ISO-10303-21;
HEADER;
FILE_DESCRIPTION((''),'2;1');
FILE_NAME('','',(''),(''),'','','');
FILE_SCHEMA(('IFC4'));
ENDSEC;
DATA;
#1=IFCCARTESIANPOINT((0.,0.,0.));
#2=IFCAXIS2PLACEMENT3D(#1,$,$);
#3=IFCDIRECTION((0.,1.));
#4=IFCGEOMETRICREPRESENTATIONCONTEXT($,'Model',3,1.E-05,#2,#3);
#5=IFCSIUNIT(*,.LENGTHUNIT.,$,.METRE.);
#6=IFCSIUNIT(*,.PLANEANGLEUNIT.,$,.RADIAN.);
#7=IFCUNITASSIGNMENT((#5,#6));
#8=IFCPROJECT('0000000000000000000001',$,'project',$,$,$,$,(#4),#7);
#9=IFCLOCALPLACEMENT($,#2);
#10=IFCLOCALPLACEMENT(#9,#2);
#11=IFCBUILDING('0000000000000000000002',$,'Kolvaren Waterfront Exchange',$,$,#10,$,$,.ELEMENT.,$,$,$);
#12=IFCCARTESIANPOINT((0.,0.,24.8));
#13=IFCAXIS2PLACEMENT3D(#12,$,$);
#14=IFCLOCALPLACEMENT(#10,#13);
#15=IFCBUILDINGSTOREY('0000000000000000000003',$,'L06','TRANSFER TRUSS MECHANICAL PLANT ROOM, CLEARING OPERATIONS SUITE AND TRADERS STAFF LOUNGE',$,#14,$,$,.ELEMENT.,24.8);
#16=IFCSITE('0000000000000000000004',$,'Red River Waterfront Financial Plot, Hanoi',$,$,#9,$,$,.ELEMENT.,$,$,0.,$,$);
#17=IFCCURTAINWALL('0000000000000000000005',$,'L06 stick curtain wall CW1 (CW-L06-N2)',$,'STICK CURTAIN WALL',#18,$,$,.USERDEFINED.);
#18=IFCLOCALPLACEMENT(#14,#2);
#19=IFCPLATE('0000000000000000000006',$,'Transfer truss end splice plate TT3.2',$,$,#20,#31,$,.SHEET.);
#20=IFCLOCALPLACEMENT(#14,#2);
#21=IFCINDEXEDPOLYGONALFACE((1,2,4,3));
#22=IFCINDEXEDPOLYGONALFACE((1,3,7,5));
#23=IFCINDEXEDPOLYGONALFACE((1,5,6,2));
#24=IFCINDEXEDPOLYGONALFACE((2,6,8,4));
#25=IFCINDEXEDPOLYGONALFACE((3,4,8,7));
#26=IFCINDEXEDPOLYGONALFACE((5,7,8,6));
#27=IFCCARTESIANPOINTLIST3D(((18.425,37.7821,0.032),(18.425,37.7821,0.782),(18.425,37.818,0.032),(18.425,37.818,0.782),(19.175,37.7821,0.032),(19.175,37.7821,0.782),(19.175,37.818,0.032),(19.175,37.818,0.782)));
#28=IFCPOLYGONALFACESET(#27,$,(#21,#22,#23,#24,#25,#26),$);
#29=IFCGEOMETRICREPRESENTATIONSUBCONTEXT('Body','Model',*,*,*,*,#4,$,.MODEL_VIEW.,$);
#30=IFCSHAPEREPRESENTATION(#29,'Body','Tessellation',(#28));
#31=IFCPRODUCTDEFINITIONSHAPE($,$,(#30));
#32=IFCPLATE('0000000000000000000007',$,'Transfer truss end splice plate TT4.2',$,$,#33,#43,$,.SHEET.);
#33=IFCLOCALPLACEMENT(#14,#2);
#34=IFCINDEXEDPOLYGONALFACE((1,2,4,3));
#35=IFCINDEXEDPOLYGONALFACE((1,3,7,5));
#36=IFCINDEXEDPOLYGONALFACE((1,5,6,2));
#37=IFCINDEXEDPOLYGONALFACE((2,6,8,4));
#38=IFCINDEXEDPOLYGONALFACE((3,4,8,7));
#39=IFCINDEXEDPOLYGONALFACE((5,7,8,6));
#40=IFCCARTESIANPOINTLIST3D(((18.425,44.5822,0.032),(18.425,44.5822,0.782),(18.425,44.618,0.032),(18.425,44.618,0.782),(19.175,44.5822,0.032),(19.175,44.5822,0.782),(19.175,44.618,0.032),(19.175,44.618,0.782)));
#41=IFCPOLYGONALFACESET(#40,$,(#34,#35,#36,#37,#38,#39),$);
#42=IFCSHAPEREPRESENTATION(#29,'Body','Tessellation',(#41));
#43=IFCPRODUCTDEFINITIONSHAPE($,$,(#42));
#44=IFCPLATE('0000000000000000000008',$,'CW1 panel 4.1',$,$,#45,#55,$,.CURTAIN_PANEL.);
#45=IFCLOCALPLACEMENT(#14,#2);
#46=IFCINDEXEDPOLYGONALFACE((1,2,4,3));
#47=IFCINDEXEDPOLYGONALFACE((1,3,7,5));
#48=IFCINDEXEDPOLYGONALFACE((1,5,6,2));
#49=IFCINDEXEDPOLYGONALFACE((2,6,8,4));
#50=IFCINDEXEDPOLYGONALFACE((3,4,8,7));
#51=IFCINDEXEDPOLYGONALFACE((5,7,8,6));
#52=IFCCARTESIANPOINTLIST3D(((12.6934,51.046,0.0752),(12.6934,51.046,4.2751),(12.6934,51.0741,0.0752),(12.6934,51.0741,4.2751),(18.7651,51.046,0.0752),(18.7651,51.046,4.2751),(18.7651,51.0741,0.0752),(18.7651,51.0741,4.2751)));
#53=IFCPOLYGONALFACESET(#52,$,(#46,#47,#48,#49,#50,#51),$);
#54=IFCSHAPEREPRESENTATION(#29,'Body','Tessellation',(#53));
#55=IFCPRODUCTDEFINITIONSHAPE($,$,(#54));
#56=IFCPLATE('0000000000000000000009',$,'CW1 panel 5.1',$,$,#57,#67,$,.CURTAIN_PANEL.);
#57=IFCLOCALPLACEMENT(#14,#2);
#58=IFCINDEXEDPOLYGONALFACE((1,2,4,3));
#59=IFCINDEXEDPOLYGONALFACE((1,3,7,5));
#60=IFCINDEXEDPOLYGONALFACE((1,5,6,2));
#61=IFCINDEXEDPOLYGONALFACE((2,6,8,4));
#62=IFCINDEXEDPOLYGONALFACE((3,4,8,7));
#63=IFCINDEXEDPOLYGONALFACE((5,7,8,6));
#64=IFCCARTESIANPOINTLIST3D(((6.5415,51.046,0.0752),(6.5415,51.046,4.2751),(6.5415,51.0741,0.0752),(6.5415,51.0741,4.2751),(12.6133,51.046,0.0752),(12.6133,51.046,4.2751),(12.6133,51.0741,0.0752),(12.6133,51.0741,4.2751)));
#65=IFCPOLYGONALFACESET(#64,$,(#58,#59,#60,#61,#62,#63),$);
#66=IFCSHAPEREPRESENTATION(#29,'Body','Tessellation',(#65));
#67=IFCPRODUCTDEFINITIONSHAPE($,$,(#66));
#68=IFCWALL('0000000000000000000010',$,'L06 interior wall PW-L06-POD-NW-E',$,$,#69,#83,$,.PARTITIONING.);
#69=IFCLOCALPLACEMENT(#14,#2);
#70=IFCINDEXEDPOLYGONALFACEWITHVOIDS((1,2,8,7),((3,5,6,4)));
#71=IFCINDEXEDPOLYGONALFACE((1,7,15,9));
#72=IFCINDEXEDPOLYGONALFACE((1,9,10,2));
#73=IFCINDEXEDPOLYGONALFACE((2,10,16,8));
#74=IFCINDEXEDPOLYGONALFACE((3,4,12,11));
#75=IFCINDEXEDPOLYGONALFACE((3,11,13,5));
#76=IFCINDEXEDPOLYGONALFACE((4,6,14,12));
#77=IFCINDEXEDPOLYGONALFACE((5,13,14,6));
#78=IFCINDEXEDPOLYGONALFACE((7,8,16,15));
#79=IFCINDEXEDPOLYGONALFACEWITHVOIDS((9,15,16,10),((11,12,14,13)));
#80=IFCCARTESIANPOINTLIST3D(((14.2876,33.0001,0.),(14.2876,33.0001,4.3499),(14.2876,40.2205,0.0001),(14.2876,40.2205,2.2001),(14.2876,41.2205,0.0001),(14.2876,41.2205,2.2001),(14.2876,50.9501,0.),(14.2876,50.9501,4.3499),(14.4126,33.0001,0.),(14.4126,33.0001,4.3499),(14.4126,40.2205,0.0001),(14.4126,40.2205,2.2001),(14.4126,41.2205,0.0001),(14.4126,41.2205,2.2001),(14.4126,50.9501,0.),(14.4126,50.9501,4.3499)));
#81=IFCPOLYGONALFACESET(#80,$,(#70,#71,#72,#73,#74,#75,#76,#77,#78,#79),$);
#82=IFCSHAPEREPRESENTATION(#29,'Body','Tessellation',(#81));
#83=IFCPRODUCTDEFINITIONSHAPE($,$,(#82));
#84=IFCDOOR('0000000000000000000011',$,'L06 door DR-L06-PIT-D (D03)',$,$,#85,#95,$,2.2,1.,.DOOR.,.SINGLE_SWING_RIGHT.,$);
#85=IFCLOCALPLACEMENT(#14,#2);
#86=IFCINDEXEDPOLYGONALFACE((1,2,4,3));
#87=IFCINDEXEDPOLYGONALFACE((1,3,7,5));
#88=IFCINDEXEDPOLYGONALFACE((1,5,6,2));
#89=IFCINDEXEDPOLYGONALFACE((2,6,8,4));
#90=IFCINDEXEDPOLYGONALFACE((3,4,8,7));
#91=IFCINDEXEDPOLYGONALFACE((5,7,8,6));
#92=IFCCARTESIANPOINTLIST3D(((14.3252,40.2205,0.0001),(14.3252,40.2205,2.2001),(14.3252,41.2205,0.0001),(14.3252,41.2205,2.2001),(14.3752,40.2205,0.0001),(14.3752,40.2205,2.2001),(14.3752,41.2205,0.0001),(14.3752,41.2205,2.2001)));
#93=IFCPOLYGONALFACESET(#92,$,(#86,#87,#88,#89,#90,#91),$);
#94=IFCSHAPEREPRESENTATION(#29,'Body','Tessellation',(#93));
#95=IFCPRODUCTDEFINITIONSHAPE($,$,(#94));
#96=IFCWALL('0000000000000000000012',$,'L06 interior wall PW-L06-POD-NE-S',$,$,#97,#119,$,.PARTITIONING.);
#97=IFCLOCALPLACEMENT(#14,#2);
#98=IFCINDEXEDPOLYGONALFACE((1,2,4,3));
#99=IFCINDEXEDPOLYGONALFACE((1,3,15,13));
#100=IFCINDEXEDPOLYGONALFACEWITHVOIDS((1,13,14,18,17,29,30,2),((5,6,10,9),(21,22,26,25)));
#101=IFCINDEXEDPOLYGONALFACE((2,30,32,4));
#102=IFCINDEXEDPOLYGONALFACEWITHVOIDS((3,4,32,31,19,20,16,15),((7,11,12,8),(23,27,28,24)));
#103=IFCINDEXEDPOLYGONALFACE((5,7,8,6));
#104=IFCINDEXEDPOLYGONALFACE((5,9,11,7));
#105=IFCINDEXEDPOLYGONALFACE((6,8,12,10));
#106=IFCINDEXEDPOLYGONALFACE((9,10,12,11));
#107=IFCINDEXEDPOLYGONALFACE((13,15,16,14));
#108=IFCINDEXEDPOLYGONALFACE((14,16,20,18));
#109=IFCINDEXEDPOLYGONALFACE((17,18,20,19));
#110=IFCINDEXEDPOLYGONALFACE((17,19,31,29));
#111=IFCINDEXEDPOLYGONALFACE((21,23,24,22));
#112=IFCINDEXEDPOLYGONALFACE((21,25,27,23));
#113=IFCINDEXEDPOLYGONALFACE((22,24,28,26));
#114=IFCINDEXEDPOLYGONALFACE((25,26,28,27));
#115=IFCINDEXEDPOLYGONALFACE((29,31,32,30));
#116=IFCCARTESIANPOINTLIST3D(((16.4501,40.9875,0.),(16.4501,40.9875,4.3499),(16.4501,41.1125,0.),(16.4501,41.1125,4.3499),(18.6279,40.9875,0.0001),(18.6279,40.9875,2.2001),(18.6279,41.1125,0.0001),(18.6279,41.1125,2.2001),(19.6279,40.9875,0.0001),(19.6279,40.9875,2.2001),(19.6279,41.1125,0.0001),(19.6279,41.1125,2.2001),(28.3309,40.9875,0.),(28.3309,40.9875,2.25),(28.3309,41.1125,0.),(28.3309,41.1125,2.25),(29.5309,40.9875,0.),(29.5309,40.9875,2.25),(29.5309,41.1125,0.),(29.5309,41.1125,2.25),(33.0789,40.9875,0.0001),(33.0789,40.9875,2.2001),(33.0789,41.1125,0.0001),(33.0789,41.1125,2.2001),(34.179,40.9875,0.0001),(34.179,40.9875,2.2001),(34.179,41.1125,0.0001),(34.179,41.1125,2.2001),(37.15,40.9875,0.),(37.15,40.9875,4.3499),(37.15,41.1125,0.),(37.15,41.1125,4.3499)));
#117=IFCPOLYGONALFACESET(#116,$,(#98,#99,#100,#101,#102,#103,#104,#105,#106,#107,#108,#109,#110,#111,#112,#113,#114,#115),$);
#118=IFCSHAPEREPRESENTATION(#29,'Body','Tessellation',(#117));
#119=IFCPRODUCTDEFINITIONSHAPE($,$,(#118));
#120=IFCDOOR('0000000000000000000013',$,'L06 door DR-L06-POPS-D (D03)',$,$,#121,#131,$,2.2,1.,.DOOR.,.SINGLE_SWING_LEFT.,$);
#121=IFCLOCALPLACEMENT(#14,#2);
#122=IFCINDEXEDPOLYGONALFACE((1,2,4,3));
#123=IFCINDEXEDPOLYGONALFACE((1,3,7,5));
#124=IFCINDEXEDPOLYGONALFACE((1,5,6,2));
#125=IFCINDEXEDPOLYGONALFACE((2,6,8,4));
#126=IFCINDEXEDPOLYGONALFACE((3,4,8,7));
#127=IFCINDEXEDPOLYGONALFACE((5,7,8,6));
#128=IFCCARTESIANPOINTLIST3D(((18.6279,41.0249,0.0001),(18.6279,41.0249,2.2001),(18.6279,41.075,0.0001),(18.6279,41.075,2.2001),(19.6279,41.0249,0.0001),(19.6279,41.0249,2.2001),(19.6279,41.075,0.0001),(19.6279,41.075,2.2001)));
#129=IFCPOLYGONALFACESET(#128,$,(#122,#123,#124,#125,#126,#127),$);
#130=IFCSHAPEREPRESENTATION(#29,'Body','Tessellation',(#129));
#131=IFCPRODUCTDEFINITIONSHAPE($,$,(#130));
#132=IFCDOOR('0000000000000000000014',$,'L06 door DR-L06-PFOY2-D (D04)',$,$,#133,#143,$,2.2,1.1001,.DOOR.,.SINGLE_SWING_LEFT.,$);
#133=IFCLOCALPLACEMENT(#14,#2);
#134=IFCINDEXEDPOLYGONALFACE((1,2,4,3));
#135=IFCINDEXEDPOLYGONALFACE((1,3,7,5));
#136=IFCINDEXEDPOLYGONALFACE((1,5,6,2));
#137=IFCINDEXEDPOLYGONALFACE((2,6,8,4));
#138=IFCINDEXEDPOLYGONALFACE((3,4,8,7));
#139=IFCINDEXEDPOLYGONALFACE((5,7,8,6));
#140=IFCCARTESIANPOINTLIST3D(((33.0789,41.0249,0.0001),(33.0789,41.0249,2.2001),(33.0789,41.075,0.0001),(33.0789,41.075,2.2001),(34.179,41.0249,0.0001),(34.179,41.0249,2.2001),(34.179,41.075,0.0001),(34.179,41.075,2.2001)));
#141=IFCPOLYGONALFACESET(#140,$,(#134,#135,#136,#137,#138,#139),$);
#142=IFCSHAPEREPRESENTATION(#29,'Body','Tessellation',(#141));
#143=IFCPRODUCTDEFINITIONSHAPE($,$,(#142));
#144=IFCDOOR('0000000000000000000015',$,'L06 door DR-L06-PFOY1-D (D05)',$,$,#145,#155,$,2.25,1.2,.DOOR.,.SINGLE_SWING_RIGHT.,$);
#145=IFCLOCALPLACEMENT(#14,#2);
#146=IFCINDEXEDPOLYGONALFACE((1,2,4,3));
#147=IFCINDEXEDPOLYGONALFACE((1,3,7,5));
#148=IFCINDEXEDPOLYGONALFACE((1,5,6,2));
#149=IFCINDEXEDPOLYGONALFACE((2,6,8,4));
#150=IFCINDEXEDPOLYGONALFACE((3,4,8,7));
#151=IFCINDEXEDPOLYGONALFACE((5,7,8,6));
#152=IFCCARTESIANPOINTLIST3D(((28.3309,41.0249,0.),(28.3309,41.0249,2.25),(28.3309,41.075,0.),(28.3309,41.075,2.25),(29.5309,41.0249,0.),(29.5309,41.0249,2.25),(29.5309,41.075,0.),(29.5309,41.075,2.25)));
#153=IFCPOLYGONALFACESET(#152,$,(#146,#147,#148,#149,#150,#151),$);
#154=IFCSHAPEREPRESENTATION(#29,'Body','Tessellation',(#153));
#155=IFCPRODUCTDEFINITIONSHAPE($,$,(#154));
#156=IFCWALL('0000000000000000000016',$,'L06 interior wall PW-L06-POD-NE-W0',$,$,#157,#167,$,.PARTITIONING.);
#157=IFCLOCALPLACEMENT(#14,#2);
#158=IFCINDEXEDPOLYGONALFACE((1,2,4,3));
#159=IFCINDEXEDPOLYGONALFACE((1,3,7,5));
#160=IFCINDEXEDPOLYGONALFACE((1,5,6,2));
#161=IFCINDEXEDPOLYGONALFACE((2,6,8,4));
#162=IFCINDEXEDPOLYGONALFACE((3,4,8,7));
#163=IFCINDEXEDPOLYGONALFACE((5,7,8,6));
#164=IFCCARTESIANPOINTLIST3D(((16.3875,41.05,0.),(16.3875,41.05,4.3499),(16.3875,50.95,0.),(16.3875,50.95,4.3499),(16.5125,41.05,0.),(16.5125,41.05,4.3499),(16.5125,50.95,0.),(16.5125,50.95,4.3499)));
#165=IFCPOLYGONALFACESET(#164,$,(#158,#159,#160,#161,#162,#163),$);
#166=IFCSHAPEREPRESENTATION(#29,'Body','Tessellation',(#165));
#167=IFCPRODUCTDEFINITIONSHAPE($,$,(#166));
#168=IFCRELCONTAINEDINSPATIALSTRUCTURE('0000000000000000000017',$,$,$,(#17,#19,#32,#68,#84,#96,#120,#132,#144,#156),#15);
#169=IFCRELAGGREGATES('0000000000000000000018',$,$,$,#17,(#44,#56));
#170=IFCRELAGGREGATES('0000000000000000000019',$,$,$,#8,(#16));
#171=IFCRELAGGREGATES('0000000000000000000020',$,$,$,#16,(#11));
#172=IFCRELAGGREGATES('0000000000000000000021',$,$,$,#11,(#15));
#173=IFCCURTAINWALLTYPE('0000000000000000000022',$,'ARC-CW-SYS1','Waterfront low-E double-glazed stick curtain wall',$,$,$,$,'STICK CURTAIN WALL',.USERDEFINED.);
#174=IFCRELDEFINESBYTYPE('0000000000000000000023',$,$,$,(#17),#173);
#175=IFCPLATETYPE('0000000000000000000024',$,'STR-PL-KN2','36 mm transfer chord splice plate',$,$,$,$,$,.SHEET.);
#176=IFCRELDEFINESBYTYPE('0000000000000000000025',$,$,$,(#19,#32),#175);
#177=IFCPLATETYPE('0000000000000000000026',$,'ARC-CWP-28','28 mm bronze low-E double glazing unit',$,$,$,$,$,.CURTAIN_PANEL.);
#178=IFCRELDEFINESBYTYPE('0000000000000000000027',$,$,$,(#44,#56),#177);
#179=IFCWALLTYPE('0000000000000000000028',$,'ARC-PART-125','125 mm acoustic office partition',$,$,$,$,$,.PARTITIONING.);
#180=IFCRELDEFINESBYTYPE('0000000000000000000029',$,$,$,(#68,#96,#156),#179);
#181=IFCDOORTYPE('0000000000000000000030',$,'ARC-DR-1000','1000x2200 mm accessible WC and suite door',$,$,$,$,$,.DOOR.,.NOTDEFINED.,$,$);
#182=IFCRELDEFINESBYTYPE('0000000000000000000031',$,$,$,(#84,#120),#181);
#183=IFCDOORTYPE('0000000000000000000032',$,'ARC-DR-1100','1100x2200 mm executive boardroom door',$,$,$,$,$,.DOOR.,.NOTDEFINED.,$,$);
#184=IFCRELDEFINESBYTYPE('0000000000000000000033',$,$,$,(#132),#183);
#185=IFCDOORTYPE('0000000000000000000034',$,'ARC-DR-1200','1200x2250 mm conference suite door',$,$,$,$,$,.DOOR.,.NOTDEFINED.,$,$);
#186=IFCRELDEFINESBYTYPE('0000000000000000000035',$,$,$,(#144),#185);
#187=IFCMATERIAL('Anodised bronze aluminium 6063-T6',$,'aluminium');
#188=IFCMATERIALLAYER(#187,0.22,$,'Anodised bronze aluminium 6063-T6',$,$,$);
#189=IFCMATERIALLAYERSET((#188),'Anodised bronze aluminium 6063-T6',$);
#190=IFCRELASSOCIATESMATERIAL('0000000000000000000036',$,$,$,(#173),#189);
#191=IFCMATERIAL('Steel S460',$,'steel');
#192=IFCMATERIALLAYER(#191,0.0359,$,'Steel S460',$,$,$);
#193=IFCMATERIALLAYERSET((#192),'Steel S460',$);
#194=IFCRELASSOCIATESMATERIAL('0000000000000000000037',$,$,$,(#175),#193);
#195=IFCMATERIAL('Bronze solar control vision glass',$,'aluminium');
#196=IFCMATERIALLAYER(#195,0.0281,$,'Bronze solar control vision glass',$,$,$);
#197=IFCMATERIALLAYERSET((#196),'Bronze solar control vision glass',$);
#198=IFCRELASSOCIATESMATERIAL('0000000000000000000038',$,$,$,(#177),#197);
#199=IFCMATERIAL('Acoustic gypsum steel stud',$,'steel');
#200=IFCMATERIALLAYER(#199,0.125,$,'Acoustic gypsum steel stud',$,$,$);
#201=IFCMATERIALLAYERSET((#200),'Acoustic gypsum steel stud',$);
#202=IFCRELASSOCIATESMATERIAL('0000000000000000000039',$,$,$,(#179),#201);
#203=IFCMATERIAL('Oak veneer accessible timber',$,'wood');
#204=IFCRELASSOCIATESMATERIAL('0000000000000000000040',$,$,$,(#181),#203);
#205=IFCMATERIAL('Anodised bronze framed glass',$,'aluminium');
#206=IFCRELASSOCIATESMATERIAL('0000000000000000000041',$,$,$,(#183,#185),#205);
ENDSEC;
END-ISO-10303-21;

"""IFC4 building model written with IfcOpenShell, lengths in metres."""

from ifc_helpers import new_model, si_unit, direction, frame, frame_2d, origin, origin_with_axes, origin_2d, place, context, subcontext, project, spatial, rectangle, extrude, source, transform, mapped, material, layer, layer_set, type_object, element, fill, aggregate, save


model = new_model("IFC4")

# Units and contexts
model_context = context("Model", 3, precision=1e-05, world=origin(), true_north=direction((0.0, 1.0)))
body_context = subcontext(model_context, "Body", "Model", "MODEL_VIEW")
ifc_project = project(units=[si_unit("LENGTHUNIT", "METRE"), si_unit("PLANEANGLEUNIT", "RADIAN")], contexts=[model_context])

# Site, building, storey
site_placement = place(None, origin())
site = spatial("IfcSite", under=ifc_project, at=site_placement, Name="Red River Waterfront Financial Plot, Hanoi", CompositionType="ELEMENT", RefElevation=0.0)
building_placement = place(site_placement, origin())
building = spatial("IfcBuilding", under=site, at=building_placement, Name="Kolvaren Waterfront Exchange", CompositionType="ELEMENT")
storey_placement = place(building_placement, frame((0.0, 0.0, 24.8)))
storey = spatial("IfcBuildingStorey", under=building, at=storey_placement, Name="L06", Description="TRANSFER TRUSS MECHANICAL PLANT ROOM, CLEARING OPERATIONS SUITE AND TRADERS STAFF LOUNGE", CompositionType="ELEMENT", Elevation=24.8)

# Shared definitions
ifc_material_1 = material(Name="Steel S460", Category="steel")

# Curtain wall
ifc_material_2 = material(Name="Anodised bronze aluminium 6063-T6", Category="aluminium")
ifc_layer_1 = layer(ifc_material_2, 0.22, Name="Anodised bronze aluminium 6063-T6")
ifc_layer_set_1 = layer_set([ifc_layer_1], Name="Anodised bronze aluminium 6063-T6")
curtain_wall_type = type_object("IfcCurtainWallType", Name="ARC-CW-SYS1", Description="Waterfront low-E double-glazed stick curtain wall", ElementType="STICK CURTAIN WALL", PredefinedType="USERDEFINED", material=ifc_layer_set_1)
curtain_wall_placement = place(storey_placement, origin())
curtain_wall = element("IfcCurtainWall", 1, at=curtain_wall_placement, inside=storey, type_object=curtain_wall_type, Name="L06 stick curtain wall CW1 (CW-L06-N2)", ObjectType="STICK CURTAIN WALL", PredefinedType="USERDEFINED")

# Plates
ifc_layer_2 = layer(ifc_material_1, 0.0359, Name="Steel S460")
ifc_layer_set_2 = layer_set([ifc_layer_2], Name="Steel S460")
plate_type_1 = type_object("IfcPlateType", Name="STR-PL-KN2", Description="36 mm transfer chord splice plate", PredefinedType="SHEET", material=ifc_layer_set_2)
shared_shape_1 = source(origin_with_axes(), body_context, "Body", "SweptSolid", [
    extrude(rectangle(XDim=0.75, YDim=0.0359, at=origin_2d()), origin(), (0.0, 0.0, 1.0), 0.75),
])
for number, where, z_axis, x_axis, name in (
    (2, (18.8, 37.8, 0.032), (0.0, 0.0, 1.0), (1.0, 0.0, 0.0), "Transfer truss end splice plate TT3.2"),
    (3, (18.8, 44.6001, 0.032), (0.0, 0.0, 1.0), (1.0, 0.0, 0.0), "Transfer truss end splice plate TT4.2"),
):
    element("IfcPlate", number, at=place(storey_placement, frame(where, z_axis=z_axis, x_axis=x_axis)), inside=storey, type_object=plate_type_1, Name=name, PredefinedType="SHEET", context=body_context, shape_type="MappedRepresentation", body=[
        mapped(shared_shape_1, transform((0.0, 0.0, 0.0), x_axis=(1.0, 0.0, 0.0), y_axis=(0.0, 1.0, 0.0), z_axis=(0.0, 0.0, 1.0), scale=1.0)),
    ])

# Plates
ifc_material_3 = material(Name="Bronze solar control vision glass", Category="aluminium")
ifc_layer_3 = layer(ifc_material_3, 0.0281, Name="Bronze solar control vision glass")
ifc_layer_set_3 = layer_set([ifc_layer_3], Name="Bronze solar control vision glass")
plate_type_2 = type_object("IfcPlateType", Name="ARC-CWP-28", Description="28 mm bronze low-E double glazing unit", PredefinedType="CURTAIN_PANEL", material=ifc_layer_set_3)
shared_shape_2 = source(origin_with_axes(), body_context, "Body", "SweptSolid", [
    extrude(rectangle(XDim=6.0718, YDim=0.0281, at=origin_2d()), origin(), (0.0, 0.0, 1.0), 4.2),
])
plate_1_placement = place(storey_placement, frame((15.7292, 51.0601, 0.0752), z_axis=(0.0, 0.0, 1.0), x_axis=(-1.0, 0.0, 0.0)))
plate_1 = element("IfcPlate", 4, at=plate_1_placement, type_object=plate_type_2, Name="CW1 panel 4.1", PredefinedType="CURTAIN_PANEL", context=body_context, shape_type="MappedRepresentation", body=[
    mapped(shared_shape_2, transform((0.0, 0.0, 0.0), x_axis=(1.0, 0.0, 0.0), y_axis=(0.0, 1.0, 0.0), z_axis=(0.0, 0.0, 1.0), scale=1.0)),
])
plate_2_placement = place(storey_placement, frame((9.5774, 51.0601, 0.0752), z_axis=(0.0, 0.0, 1.0), x_axis=(-1.0, 0.0, 0.0)))
plate_2 = element("IfcPlate", 5, at=plate_2_placement, type_object=plate_type_2, Name="CW1 panel 5.1", PredefinedType="CURTAIN_PANEL", context=body_context, shape_type="MappedRepresentation", body=[
    mapped(shared_shape_2, transform((0.0, 0.0, 0.0), x_axis=(1.0, 0.0, 0.0), y_axis=(0.0, 1.0, 0.0), z_axis=(0.0, 0.0, 1.0), scale=1.0)),
])
aggregate(curtain_wall, [plate_1, plate_2])

# Wall, opening, door
ifc_material_4 = material(Name="Acoustic gypsum steel stud", Category="steel")
ifc_layer_4 = layer(ifc_material_4, 0.125, Name="Acoustic gypsum steel stud")
ifc_layer_set_4 = layer_set([ifc_layer_4], Name="Acoustic gypsum steel stud")
wall_type = type_object("IfcWallType", Name="ARC-PART-125", Description="125 mm acoustic office partition", PredefinedType="PARTITIONING", material=ifc_layer_set_4)
wall_1_placement = place(storey_placement, frame((14.3501, 33.0, 0.0), z_axis=(0.0, 0.0, 1.0), x_axis=(0.0, 1.0, 0.0)))
wall_1 = element("IfcWall", 6, at=wall_1_placement, inside=storey, type_object=wall_type, Name="L06 interior wall PW-L06-POD-NW-E", PredefinedType="PARTITIONING", context=body_context, shape_type="SweptSolid", body=[
    extrude(rectangle(XDim=17.95, YDim=0.125, at=frame_2d((8.9751, 0.0))), origin(), (0.0, 0.0, 1.0), 4.3499),
])
opening_1_placement = place(wall_1_placement, frame((7.2205, 0.0, 0.0)))
opening_1 = element("IfcOpeningElement", 7, at=opening_1_placement, cuts=wall_1, PredefinedType="OPENING", context=body_context, shape_type="SweptSolid", body=[
    extrude(rectangle(XDim=1.0, YDim=2.2, at=frame_2d((0.5, 1.1001))), frame((0.0, 0.0725, 0.0), z_axis=(0.0, -1.0, 0.0), x_axis=(1.0, 0.0, 0.0)), (0.0, 0.0, 1.0), 0.145),
])
ifc_material_5 = material(Name="Oak veneer accessible timber", Category="wood")
door_type_1 = type_object("IfcDoorType", Name="ARC-DR-1000", Description="1000x2200 mm accessible WC and suite door", OperationType="NOTDEFINED", PredefinedType="DOOR", material=ifc_material_5)
door_1_placement = place(opening_1_placement, origin())
door_1 = element("IfcDoor", 8, at=door_1_placement, inside=storey, type_object=door_type_1, Name="L06 door DR-L06-PIT-D (D03)", OperationType="SINGLE_SWING_RIGHT", OverallHeight=2.2, OverallWidth=1.0, PredefinedType="DOOR", context=body_context, shape_type="SweptSolid", body=[
    extrude(rectangle(XDim=1.0, YDim=2.2, at=frame_2d((0.5, 1.1001))), frame((0.0, 0.0249, 0.0), z_axis=(0.0, -1.0, 0.0), x_axis=(1.0, 0.0, 0.0)), (0.0, 0.0, 1.0), 0.05),
])
fill(opening_1, door_1)

# Wall, openings, doors
wall_2_placement = place(storey_placement, frame((16.45, 41.05, 0.0), z_axis=(0.0, 0.0, 1.0), x_axis=(1.0, 0.0, 0.0)))
wall_2 = element("IfcWall", 9, at=wall_2_placement, inside=storey, type_object=wall_type, Name="L06 interior wall PW-L06-POD-NE-S", PredefinedType="PARTITIONING", context=body_context, shape_type="SweptSolid", body=[
    extrude(rectangle(XDim=20.7, YDim=0.125, at=frame_2d((10.3501, 0.0))), origin(), (0.0, 0.0, 1.0), 4.3499),
])
opening_2_placement = place(wall_2_placement, frame((2.178, 0.0, 0.0)))
opening_2 = element("IfcOpeningElement", 10, at=opening_2_placement, cuts=wall_2, PredefinedType="OPENING", context=body_context, shape_type="SweptSolid", body=[
    extrude(rectangle(XDim=1.0, YDim=2.2, at=frame_2d((0.5, 1.1001))), frame((0.0, 0.0725, 0.0), z_axis=(0.0, -1.0, 0.0), x_axis=(1.0, 0.0, 0.0)), (0.0, 0.0, 1.0), 0.145),
])
opening_3_placement = place(wall_2_placement, frame((11.8809, 0.0, 0.0)))
opening_3 = element("IfcOpeningElement", 11, at=opening_3_placement, cuts=wall_2, PredefinedType="OPENING", context=body_context, shape_type="SweptSolid", body=[
    extrude(rectangle(XDim=1.2, YDim=2.25, at=frame_2d((0.6001, 1.125))), frame((0.0, 0.0725, 0.0), z_axis=(0.0, -1.0, 0.0), x_axis=(1.0, 0.0, 0.0)), (0.0, 0.0, 1.0), 0.145),
])
opening_4_placement = place(wall_2_placement, frame((16.6289, 0.0, 0.0)))
opening_4 = element("IfcOpeningElement", 12, at=opening_4_placement, cuts=wall_2, PredefinedType="OPENING", context=body_context, shape_type="SweptSolid", body=[
    extrude(rectangle(XDim=1.1001, YDim=2.2, at=frame_2d((0.55, 1.1001))), frame((0.0, 0.0725, 0.0), z_axis=(0.0, -1.0, 0.0), x_axis=(1.0, 0.0, 0.0)), (0.0, 0.0, 1.0), 0.145),
])
door_2_placement = place(opening_2_placement, origin())
door_2 = element("IfcDoor", 13, at=door_2_placement, inside=storey, type_object=door_type_1, Name="L06 door DR-L06-POPS-D (D03)", OperationType="SINGLE_SWING_LEFT", OverallHeight=2.2, OverallWidth=1.0, PredefinedType="DOOR", context=body_context, shape_type="SweptSolid", body=[
    extrude(rectangle(XDim=1.0, YDim=2.2, at=frame_2d((0.5, 1.1001))), frame((0.0, 0.0249, 0.0), z_axis=(0.0, -1.0, 0.0), x_axis=(1.0, 0.0, 0.0)), (0.0, 0.0, 1.0), 0.05),
])
fill(opening_2, door_2)
ifc_material_6 = material(Name="Anodised bronze framed glass", Category="aluminium")
door_type_2 = type_object("IfcDoorType", Name="ARC-DR-1100", Description="1100x2200 mm executive boardroom door", OperationType="NOTDEFINED", PredefinedType="DOOR", material=ifc_material_6)
door_3_placement = place(opening_4_placement, origin())
door_3 = element("IfcDoor", 14, at=door_3_placement, inside=storey, type_object=door_type_2, Name="L06 door DR-L06-PFOY2-D (D04)", OperationType="SINGLE_SWING_LEFT", OverallHeight=2.2, OverallWidth=1.1001, PredefinedType="DOOR", context=body_context, shape_type="SweptSolid", body=[
    extrude(rectangle(XDim=1.1001, YDim=2.2, at=frame_2d((0.55, 1.1001))), frame((0.0, 0.0249, 0.0), z_axis=(0.0, -1.0, 0.0), x_axis=(1.0, 0.0, 0.0)), (0.0, 0.0, 1.0), 0.05),
])
fill(opening_4, door_3)
door_type_3 = type_object("IfcDoorType", Name="ARC-DR-1200", Description="1200x2250 mm conference suite door", OperationType="NOTDEFINED", PredefinedType="DOOR", material=ifc_material_6)
door_4_placement = place(opening_3_placement, origin())
door_4 = element("IfcDoor", 15, at=door_4_placement, inside=storey, type_object=door_type_3, Name="L06 door DR-L06-PFOY1-D (D05)", OperationType="SINGLE_SWING_RIGHT", OverallHeight=2.25, OverallWidth=1.2, PredefinedType="DOOR", context=body_context, shape_type="SweptSolid", body=[
    extrude(rectangle(XDim=1.2, YDim=2.25, at=frame_2d((0.6001, 1.125))), frame((0.0, 0.0249, 0.0), z_axis=(0.0, -1.0, 0.0), x_axis=(1.0, 0.0, 0.0)), (0.0, 0.0, 1.0), 0.05),
])
fill(opening_3, door_4)

# Wall
wall_3_placement = place(storey_placement, frame((16.45, 41.05, 0.0), z_axis=(0.0, 0.0, 1.0), x_axis=(0.0, 1.0, 0.0)))
element("IfcWall", 16, at=wall_3_placement, inside=storey, type_object=wall_type, Name="L06 interior wall PW-L06-POD-NE-W0", PredefinedType="PARTITIONING", context=body_context, shape_type="SweptSolid", body=[
    extrude(rectangle(XDim=9.8999, YDim=0.125, at=frame_2d((4.95, 0.0))), origin(), (0.0, 0.0, 1.0), 4.3499),
])

save(model, "model.ifc")
